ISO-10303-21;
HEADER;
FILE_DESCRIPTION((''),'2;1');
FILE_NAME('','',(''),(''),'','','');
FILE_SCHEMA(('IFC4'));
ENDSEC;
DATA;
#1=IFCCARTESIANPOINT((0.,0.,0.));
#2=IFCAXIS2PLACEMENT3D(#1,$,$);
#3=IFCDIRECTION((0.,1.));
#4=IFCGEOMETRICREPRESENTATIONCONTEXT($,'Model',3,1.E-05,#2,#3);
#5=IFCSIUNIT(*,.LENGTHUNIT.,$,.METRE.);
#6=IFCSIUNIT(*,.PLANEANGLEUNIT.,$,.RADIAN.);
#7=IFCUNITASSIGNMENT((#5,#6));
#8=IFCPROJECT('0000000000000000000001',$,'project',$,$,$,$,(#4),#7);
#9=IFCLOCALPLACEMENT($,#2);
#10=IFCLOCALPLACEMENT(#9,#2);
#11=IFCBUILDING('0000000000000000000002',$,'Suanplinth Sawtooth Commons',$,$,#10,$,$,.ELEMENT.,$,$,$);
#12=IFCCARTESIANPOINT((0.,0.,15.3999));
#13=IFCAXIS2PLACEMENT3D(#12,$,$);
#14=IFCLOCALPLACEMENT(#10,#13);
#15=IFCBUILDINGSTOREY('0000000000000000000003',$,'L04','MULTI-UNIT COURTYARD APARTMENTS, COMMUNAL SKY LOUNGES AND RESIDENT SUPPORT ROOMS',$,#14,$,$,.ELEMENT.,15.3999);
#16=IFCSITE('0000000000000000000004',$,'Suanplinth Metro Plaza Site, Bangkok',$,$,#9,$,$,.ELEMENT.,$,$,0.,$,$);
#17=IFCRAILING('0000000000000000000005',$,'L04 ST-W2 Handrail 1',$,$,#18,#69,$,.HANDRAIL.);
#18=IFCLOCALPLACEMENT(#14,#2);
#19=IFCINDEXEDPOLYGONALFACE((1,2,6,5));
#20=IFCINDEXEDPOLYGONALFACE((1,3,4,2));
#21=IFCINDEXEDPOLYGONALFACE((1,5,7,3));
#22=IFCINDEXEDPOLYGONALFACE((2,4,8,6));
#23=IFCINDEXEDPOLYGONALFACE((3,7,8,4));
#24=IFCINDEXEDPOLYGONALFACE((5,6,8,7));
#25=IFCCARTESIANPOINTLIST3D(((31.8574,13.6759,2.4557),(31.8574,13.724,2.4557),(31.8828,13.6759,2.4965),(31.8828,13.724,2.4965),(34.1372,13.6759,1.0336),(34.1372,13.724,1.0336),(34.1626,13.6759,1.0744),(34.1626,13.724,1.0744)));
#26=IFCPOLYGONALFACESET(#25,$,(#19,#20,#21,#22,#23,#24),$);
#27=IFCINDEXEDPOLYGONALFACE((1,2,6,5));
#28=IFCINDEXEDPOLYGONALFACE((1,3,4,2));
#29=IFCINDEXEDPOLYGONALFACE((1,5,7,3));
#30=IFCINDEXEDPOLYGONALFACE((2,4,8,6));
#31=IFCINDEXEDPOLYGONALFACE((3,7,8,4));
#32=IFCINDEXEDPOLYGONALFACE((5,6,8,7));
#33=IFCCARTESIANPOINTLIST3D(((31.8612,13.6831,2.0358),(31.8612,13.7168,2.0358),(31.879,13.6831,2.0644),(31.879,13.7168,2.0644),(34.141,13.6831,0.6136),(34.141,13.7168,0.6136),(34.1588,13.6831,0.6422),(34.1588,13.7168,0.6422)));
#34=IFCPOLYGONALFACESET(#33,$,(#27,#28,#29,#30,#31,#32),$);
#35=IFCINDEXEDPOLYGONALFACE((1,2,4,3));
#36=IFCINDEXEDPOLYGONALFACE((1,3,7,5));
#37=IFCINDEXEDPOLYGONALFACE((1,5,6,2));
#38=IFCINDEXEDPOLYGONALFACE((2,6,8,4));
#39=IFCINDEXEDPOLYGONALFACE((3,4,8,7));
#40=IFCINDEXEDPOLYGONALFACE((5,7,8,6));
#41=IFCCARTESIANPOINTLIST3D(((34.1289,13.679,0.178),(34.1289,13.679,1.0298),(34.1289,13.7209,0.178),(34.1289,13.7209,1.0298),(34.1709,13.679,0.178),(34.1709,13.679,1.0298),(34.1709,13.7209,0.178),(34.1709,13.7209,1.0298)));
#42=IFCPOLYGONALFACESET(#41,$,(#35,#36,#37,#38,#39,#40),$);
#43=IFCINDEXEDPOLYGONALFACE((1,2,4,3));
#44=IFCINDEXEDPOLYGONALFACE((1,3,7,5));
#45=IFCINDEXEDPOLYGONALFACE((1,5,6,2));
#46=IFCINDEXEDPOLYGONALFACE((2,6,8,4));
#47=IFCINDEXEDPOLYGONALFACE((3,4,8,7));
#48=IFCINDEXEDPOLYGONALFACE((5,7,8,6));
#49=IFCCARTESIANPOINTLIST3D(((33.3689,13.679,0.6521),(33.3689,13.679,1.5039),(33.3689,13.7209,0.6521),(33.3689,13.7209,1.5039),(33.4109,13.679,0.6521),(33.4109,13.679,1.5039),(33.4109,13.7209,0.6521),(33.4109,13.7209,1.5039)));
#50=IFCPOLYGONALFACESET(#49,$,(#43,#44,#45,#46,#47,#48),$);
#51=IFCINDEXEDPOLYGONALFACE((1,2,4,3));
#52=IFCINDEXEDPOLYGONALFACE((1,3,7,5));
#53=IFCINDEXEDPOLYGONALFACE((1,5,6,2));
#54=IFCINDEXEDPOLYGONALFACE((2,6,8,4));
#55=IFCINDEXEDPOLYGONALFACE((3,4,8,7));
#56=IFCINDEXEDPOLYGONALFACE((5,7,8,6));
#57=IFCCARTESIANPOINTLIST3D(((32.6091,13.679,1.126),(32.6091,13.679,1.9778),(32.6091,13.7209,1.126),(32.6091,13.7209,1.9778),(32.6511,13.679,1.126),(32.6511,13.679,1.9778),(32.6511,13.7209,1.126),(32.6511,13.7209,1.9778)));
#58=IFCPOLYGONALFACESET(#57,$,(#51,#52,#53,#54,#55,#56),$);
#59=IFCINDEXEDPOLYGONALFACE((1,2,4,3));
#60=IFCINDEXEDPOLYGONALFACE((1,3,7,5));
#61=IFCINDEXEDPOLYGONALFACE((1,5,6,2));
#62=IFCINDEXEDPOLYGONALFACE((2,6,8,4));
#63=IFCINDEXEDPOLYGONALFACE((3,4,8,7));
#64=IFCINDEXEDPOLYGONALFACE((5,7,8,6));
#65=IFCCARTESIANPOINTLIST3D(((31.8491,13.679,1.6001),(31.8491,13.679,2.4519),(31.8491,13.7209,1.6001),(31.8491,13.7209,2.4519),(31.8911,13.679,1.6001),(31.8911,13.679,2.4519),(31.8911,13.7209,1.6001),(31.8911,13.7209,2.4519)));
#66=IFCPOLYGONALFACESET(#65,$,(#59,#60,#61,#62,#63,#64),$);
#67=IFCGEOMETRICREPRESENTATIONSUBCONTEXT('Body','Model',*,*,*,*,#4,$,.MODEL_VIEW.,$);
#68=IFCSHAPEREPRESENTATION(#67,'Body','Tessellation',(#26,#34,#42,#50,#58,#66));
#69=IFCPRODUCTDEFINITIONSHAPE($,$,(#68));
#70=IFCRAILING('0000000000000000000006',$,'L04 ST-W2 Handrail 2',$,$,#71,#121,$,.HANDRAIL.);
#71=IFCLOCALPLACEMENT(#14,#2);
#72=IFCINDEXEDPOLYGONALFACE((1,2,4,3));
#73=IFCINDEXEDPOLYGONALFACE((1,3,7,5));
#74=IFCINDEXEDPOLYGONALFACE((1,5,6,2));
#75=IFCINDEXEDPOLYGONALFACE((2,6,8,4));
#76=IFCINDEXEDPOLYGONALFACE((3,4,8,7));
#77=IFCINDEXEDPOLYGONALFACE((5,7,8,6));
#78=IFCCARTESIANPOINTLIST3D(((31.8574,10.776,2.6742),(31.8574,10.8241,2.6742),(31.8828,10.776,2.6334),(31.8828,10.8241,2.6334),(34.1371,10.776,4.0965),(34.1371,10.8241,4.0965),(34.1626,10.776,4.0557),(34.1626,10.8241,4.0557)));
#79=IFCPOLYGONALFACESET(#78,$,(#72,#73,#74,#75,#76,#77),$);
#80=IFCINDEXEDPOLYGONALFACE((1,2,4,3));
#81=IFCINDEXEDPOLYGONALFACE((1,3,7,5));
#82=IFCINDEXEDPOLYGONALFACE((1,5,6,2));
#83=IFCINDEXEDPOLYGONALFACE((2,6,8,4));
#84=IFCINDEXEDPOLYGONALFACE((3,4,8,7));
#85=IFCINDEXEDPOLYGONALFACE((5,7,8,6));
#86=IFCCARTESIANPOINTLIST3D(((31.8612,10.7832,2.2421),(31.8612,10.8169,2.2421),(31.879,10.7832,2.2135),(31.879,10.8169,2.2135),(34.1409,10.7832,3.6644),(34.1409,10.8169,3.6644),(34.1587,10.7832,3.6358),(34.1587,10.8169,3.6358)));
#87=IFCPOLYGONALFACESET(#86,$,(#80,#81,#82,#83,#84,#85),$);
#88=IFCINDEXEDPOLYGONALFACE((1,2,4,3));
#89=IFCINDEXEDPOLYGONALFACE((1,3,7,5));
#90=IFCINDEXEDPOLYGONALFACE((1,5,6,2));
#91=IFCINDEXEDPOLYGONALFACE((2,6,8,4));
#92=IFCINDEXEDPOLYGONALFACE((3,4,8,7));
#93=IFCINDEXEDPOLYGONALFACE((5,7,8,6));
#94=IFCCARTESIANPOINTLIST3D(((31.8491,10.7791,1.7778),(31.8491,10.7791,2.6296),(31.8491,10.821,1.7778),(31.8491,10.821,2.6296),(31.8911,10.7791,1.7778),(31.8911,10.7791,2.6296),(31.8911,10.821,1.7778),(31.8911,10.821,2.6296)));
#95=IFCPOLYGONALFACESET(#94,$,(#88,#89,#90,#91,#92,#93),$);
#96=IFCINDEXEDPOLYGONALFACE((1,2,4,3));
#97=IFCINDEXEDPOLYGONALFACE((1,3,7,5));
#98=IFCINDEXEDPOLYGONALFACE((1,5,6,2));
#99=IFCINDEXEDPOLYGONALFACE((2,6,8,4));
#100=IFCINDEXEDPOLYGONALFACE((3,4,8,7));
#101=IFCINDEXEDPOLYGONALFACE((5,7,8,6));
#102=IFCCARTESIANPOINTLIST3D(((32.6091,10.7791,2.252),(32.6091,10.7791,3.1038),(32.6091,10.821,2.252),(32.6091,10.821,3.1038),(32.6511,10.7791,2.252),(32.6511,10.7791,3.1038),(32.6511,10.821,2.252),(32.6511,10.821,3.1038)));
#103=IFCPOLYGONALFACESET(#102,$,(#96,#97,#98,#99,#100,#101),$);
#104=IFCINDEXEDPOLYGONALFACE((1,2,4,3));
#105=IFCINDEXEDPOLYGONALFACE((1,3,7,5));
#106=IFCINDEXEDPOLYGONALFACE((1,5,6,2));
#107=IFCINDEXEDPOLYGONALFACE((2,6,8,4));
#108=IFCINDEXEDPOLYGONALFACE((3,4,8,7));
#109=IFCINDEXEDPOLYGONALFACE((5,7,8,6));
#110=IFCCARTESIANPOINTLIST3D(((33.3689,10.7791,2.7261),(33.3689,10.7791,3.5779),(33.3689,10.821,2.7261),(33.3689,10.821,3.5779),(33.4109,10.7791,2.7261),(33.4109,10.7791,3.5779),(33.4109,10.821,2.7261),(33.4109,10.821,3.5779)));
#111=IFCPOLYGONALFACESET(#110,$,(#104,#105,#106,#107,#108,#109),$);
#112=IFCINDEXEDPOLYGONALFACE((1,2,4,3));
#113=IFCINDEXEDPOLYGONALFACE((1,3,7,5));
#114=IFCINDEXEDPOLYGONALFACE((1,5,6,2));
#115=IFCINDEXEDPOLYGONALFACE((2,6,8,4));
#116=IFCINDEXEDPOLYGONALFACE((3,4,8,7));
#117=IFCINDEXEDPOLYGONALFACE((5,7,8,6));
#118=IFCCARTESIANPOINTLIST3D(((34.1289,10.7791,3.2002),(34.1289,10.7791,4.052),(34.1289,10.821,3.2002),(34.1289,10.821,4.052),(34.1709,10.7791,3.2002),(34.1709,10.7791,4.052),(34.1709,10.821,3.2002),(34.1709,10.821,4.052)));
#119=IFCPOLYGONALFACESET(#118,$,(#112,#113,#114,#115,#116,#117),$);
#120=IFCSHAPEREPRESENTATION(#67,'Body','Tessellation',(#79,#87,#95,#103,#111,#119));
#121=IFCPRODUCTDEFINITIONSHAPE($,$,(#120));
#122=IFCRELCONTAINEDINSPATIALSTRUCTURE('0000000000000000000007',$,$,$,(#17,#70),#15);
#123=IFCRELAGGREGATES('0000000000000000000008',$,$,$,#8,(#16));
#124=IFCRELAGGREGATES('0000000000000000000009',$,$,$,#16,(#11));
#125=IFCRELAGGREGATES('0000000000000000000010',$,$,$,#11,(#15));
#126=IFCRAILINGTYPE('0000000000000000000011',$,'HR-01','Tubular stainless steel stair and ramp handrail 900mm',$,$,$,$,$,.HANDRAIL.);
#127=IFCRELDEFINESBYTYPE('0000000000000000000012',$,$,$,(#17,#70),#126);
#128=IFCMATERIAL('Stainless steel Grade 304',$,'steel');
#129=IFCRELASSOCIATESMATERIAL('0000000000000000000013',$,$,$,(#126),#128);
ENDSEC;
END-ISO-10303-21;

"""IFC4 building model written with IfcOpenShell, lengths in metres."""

from ifc_helpers import new_model, si_unit, direction, frame, origin, origin_2d, place, context, subcontext, project, spatial, rectangle, extrude, material, type_object, element, save


model = new_model("IFC4")

# Units and contexts
model_context = context("Model", 3, precision=1e-05, world=origin(), true_north=direction((0.0, 1.0)))
body_context = subcontext(model_context, "Body", "Model", "MODEL_VIEW")
ifc_project = project(units=[si_unit("LENGTHUNIT", "METRE"), si_unit("PLANEANGLEUNIT", "RADIAN")], contexts=[model_context])

# Site, building, storey
site_placement = place(None, origin())
site = spatial("IfcSite", under=ifc_project, at=site_placement, Name="Suanplinth Metro Plaza Site, Bangkok", CompositionType="ELEMENT", RefElevation=0.0)
building_placement = place(site_placement, origin())
building = spatial("IfcBuilding", under=site, at=building_placement, Name="Suanplinth Sawtooth Commons", CompositionType="ELEMENT")
storey_placement = place(building_placement, frame((0.0, 0.0, 15.3999)))
storey = spatial("IfcBuildingStorey", under=building, at=storey_placement, Name="L04", Description="MULTI-UNIT COURTYARD APARTMENTS, COMMUNAL SKY LOUNGES AND RESIDENT SUPPORT ROOMS", CompositionType="ELEMENT", Elevation=15.3999)

# Railings
ifc_material_1 = material(Name="Stainless steel Grade 304", Category="steel")
railing_type_1 = type_object("IfcRailingType", Name="HR-01", Description="Tubular stainless steel stair and ramp handrail 900mm", PredefinedType="HANDRAIL", material=ifc_material_1)
railing_1_placement = place(storey_placement, frame((34.1499, 13.7, 0.178)))
element("IfcRailing", 1, at=railing_1_placement, inside=storey, type_object=railing_type_1, Name="L04 ST-W2 Handrail 1", PredefinedType="HANDRAIL", context=body_context, shape_type="SweptSolid", body=[
    extrude(rectangle(XDim=0.0481, YDim=0.0481, at=origin_2d()), frame((0.0, 0.0, 0.876), z_axis=(-0.848457, 0.0, 0.529264), x_axis=(0.0, -1.0, 0.0)), (0.0, 0.0, 1.0), 2.687),
    extrude(rectangle(XDim=0.0337, YDim=0.0337, at=origin_2d()), frame((0.0, 0.0, 0.45), z_axis=(-0.848457, 0.0, 0.529264), x_axis=(0.0, -1.0, 0.0)), (0.0, 0.0, 1.0), 2.687),
    extrude(rectangle(XDim=0.042, YDim=0.042, at=origin_2d()), origin(), (0.0, 0.0, 1.0), 0.8518),
    extrude(rectangle(XDim=0.042, YDim=0.042, at=origin_2d()), frame((-0.76, 0.0, 0.4741)), (0.0, 0.0, 1.0), 0.8518),
    extrude(rectangle(XDim=0.042, YDim=0.042, at=origin_2d()), frame((-1.5198, 0.0, 0.948)), (0.0, 0.0, 1.0), 0.8518),
    extrude(rectangle(XDim=0.042, YDim=0.042, at=origin_2d()), frame((-2.2798, 0.0, 1.4221)), (0.0, 0.0, 1.0), 0.8518),
])
railing_2_placement = place(storey_placement, frame((31.8701, 10.8, 1.7778)))
element("IfcRailing", 2, at=railing_2_placement, inside=storey, type_object=railing_type_1, Name="L04 ST-W2 Handrail 2", PredefinedType="HANDRAIL", context=body_context, shape_type="SweptSolid", body=[
    extrude(rectangle(XDim=0.0481, YDim=0.0481, at=origin_2d()), frame((0.0, 0.0, 0.876), z_axis=(0.848417, 0.0, 0.529329), x_axis=(0.0, 1.0, 0.0)), (0.0, 0.0, 1.0), 2.687),
    extrude(rectangle(XDim=0.0337, YDim=0.0337, at=origin_2d()), frame((0.0, 0.0, 0.45), z_axis=(0.848417, 0.0, 0.529329), x_axis=(0.0, 1.0, 0.0)), (0.0, 0.0, 1.0), 2.687),
    extrude(rectangle(XDim=0.042, YDim=0.042, at=origin_2d()), origin(), (0.0, 0.0, 1.0), 0.8518),
    extrude(rectangle(XDim=0.042, YDim=0.042, at=origin_2d()), frame((0.76, 0.0, 0.4741)), (0.0, 0.0, 1.0), 0.8518),
    extrude(rectangle(XDim=0.042, YDim=0.042, at=origin_2d()), frame((1.5198, 0.0, 0.9482)), (0.0, 0.0, 1.0), 0.8518),
    extrude(rectangle(XDim=0.042, YDim=0.042, at=origin_2d()), frame((2.2798, 0.0, 1.4224)), (0.0, 0.0, 1.0), 0.8518),
])

save(model, "model.ifc")
